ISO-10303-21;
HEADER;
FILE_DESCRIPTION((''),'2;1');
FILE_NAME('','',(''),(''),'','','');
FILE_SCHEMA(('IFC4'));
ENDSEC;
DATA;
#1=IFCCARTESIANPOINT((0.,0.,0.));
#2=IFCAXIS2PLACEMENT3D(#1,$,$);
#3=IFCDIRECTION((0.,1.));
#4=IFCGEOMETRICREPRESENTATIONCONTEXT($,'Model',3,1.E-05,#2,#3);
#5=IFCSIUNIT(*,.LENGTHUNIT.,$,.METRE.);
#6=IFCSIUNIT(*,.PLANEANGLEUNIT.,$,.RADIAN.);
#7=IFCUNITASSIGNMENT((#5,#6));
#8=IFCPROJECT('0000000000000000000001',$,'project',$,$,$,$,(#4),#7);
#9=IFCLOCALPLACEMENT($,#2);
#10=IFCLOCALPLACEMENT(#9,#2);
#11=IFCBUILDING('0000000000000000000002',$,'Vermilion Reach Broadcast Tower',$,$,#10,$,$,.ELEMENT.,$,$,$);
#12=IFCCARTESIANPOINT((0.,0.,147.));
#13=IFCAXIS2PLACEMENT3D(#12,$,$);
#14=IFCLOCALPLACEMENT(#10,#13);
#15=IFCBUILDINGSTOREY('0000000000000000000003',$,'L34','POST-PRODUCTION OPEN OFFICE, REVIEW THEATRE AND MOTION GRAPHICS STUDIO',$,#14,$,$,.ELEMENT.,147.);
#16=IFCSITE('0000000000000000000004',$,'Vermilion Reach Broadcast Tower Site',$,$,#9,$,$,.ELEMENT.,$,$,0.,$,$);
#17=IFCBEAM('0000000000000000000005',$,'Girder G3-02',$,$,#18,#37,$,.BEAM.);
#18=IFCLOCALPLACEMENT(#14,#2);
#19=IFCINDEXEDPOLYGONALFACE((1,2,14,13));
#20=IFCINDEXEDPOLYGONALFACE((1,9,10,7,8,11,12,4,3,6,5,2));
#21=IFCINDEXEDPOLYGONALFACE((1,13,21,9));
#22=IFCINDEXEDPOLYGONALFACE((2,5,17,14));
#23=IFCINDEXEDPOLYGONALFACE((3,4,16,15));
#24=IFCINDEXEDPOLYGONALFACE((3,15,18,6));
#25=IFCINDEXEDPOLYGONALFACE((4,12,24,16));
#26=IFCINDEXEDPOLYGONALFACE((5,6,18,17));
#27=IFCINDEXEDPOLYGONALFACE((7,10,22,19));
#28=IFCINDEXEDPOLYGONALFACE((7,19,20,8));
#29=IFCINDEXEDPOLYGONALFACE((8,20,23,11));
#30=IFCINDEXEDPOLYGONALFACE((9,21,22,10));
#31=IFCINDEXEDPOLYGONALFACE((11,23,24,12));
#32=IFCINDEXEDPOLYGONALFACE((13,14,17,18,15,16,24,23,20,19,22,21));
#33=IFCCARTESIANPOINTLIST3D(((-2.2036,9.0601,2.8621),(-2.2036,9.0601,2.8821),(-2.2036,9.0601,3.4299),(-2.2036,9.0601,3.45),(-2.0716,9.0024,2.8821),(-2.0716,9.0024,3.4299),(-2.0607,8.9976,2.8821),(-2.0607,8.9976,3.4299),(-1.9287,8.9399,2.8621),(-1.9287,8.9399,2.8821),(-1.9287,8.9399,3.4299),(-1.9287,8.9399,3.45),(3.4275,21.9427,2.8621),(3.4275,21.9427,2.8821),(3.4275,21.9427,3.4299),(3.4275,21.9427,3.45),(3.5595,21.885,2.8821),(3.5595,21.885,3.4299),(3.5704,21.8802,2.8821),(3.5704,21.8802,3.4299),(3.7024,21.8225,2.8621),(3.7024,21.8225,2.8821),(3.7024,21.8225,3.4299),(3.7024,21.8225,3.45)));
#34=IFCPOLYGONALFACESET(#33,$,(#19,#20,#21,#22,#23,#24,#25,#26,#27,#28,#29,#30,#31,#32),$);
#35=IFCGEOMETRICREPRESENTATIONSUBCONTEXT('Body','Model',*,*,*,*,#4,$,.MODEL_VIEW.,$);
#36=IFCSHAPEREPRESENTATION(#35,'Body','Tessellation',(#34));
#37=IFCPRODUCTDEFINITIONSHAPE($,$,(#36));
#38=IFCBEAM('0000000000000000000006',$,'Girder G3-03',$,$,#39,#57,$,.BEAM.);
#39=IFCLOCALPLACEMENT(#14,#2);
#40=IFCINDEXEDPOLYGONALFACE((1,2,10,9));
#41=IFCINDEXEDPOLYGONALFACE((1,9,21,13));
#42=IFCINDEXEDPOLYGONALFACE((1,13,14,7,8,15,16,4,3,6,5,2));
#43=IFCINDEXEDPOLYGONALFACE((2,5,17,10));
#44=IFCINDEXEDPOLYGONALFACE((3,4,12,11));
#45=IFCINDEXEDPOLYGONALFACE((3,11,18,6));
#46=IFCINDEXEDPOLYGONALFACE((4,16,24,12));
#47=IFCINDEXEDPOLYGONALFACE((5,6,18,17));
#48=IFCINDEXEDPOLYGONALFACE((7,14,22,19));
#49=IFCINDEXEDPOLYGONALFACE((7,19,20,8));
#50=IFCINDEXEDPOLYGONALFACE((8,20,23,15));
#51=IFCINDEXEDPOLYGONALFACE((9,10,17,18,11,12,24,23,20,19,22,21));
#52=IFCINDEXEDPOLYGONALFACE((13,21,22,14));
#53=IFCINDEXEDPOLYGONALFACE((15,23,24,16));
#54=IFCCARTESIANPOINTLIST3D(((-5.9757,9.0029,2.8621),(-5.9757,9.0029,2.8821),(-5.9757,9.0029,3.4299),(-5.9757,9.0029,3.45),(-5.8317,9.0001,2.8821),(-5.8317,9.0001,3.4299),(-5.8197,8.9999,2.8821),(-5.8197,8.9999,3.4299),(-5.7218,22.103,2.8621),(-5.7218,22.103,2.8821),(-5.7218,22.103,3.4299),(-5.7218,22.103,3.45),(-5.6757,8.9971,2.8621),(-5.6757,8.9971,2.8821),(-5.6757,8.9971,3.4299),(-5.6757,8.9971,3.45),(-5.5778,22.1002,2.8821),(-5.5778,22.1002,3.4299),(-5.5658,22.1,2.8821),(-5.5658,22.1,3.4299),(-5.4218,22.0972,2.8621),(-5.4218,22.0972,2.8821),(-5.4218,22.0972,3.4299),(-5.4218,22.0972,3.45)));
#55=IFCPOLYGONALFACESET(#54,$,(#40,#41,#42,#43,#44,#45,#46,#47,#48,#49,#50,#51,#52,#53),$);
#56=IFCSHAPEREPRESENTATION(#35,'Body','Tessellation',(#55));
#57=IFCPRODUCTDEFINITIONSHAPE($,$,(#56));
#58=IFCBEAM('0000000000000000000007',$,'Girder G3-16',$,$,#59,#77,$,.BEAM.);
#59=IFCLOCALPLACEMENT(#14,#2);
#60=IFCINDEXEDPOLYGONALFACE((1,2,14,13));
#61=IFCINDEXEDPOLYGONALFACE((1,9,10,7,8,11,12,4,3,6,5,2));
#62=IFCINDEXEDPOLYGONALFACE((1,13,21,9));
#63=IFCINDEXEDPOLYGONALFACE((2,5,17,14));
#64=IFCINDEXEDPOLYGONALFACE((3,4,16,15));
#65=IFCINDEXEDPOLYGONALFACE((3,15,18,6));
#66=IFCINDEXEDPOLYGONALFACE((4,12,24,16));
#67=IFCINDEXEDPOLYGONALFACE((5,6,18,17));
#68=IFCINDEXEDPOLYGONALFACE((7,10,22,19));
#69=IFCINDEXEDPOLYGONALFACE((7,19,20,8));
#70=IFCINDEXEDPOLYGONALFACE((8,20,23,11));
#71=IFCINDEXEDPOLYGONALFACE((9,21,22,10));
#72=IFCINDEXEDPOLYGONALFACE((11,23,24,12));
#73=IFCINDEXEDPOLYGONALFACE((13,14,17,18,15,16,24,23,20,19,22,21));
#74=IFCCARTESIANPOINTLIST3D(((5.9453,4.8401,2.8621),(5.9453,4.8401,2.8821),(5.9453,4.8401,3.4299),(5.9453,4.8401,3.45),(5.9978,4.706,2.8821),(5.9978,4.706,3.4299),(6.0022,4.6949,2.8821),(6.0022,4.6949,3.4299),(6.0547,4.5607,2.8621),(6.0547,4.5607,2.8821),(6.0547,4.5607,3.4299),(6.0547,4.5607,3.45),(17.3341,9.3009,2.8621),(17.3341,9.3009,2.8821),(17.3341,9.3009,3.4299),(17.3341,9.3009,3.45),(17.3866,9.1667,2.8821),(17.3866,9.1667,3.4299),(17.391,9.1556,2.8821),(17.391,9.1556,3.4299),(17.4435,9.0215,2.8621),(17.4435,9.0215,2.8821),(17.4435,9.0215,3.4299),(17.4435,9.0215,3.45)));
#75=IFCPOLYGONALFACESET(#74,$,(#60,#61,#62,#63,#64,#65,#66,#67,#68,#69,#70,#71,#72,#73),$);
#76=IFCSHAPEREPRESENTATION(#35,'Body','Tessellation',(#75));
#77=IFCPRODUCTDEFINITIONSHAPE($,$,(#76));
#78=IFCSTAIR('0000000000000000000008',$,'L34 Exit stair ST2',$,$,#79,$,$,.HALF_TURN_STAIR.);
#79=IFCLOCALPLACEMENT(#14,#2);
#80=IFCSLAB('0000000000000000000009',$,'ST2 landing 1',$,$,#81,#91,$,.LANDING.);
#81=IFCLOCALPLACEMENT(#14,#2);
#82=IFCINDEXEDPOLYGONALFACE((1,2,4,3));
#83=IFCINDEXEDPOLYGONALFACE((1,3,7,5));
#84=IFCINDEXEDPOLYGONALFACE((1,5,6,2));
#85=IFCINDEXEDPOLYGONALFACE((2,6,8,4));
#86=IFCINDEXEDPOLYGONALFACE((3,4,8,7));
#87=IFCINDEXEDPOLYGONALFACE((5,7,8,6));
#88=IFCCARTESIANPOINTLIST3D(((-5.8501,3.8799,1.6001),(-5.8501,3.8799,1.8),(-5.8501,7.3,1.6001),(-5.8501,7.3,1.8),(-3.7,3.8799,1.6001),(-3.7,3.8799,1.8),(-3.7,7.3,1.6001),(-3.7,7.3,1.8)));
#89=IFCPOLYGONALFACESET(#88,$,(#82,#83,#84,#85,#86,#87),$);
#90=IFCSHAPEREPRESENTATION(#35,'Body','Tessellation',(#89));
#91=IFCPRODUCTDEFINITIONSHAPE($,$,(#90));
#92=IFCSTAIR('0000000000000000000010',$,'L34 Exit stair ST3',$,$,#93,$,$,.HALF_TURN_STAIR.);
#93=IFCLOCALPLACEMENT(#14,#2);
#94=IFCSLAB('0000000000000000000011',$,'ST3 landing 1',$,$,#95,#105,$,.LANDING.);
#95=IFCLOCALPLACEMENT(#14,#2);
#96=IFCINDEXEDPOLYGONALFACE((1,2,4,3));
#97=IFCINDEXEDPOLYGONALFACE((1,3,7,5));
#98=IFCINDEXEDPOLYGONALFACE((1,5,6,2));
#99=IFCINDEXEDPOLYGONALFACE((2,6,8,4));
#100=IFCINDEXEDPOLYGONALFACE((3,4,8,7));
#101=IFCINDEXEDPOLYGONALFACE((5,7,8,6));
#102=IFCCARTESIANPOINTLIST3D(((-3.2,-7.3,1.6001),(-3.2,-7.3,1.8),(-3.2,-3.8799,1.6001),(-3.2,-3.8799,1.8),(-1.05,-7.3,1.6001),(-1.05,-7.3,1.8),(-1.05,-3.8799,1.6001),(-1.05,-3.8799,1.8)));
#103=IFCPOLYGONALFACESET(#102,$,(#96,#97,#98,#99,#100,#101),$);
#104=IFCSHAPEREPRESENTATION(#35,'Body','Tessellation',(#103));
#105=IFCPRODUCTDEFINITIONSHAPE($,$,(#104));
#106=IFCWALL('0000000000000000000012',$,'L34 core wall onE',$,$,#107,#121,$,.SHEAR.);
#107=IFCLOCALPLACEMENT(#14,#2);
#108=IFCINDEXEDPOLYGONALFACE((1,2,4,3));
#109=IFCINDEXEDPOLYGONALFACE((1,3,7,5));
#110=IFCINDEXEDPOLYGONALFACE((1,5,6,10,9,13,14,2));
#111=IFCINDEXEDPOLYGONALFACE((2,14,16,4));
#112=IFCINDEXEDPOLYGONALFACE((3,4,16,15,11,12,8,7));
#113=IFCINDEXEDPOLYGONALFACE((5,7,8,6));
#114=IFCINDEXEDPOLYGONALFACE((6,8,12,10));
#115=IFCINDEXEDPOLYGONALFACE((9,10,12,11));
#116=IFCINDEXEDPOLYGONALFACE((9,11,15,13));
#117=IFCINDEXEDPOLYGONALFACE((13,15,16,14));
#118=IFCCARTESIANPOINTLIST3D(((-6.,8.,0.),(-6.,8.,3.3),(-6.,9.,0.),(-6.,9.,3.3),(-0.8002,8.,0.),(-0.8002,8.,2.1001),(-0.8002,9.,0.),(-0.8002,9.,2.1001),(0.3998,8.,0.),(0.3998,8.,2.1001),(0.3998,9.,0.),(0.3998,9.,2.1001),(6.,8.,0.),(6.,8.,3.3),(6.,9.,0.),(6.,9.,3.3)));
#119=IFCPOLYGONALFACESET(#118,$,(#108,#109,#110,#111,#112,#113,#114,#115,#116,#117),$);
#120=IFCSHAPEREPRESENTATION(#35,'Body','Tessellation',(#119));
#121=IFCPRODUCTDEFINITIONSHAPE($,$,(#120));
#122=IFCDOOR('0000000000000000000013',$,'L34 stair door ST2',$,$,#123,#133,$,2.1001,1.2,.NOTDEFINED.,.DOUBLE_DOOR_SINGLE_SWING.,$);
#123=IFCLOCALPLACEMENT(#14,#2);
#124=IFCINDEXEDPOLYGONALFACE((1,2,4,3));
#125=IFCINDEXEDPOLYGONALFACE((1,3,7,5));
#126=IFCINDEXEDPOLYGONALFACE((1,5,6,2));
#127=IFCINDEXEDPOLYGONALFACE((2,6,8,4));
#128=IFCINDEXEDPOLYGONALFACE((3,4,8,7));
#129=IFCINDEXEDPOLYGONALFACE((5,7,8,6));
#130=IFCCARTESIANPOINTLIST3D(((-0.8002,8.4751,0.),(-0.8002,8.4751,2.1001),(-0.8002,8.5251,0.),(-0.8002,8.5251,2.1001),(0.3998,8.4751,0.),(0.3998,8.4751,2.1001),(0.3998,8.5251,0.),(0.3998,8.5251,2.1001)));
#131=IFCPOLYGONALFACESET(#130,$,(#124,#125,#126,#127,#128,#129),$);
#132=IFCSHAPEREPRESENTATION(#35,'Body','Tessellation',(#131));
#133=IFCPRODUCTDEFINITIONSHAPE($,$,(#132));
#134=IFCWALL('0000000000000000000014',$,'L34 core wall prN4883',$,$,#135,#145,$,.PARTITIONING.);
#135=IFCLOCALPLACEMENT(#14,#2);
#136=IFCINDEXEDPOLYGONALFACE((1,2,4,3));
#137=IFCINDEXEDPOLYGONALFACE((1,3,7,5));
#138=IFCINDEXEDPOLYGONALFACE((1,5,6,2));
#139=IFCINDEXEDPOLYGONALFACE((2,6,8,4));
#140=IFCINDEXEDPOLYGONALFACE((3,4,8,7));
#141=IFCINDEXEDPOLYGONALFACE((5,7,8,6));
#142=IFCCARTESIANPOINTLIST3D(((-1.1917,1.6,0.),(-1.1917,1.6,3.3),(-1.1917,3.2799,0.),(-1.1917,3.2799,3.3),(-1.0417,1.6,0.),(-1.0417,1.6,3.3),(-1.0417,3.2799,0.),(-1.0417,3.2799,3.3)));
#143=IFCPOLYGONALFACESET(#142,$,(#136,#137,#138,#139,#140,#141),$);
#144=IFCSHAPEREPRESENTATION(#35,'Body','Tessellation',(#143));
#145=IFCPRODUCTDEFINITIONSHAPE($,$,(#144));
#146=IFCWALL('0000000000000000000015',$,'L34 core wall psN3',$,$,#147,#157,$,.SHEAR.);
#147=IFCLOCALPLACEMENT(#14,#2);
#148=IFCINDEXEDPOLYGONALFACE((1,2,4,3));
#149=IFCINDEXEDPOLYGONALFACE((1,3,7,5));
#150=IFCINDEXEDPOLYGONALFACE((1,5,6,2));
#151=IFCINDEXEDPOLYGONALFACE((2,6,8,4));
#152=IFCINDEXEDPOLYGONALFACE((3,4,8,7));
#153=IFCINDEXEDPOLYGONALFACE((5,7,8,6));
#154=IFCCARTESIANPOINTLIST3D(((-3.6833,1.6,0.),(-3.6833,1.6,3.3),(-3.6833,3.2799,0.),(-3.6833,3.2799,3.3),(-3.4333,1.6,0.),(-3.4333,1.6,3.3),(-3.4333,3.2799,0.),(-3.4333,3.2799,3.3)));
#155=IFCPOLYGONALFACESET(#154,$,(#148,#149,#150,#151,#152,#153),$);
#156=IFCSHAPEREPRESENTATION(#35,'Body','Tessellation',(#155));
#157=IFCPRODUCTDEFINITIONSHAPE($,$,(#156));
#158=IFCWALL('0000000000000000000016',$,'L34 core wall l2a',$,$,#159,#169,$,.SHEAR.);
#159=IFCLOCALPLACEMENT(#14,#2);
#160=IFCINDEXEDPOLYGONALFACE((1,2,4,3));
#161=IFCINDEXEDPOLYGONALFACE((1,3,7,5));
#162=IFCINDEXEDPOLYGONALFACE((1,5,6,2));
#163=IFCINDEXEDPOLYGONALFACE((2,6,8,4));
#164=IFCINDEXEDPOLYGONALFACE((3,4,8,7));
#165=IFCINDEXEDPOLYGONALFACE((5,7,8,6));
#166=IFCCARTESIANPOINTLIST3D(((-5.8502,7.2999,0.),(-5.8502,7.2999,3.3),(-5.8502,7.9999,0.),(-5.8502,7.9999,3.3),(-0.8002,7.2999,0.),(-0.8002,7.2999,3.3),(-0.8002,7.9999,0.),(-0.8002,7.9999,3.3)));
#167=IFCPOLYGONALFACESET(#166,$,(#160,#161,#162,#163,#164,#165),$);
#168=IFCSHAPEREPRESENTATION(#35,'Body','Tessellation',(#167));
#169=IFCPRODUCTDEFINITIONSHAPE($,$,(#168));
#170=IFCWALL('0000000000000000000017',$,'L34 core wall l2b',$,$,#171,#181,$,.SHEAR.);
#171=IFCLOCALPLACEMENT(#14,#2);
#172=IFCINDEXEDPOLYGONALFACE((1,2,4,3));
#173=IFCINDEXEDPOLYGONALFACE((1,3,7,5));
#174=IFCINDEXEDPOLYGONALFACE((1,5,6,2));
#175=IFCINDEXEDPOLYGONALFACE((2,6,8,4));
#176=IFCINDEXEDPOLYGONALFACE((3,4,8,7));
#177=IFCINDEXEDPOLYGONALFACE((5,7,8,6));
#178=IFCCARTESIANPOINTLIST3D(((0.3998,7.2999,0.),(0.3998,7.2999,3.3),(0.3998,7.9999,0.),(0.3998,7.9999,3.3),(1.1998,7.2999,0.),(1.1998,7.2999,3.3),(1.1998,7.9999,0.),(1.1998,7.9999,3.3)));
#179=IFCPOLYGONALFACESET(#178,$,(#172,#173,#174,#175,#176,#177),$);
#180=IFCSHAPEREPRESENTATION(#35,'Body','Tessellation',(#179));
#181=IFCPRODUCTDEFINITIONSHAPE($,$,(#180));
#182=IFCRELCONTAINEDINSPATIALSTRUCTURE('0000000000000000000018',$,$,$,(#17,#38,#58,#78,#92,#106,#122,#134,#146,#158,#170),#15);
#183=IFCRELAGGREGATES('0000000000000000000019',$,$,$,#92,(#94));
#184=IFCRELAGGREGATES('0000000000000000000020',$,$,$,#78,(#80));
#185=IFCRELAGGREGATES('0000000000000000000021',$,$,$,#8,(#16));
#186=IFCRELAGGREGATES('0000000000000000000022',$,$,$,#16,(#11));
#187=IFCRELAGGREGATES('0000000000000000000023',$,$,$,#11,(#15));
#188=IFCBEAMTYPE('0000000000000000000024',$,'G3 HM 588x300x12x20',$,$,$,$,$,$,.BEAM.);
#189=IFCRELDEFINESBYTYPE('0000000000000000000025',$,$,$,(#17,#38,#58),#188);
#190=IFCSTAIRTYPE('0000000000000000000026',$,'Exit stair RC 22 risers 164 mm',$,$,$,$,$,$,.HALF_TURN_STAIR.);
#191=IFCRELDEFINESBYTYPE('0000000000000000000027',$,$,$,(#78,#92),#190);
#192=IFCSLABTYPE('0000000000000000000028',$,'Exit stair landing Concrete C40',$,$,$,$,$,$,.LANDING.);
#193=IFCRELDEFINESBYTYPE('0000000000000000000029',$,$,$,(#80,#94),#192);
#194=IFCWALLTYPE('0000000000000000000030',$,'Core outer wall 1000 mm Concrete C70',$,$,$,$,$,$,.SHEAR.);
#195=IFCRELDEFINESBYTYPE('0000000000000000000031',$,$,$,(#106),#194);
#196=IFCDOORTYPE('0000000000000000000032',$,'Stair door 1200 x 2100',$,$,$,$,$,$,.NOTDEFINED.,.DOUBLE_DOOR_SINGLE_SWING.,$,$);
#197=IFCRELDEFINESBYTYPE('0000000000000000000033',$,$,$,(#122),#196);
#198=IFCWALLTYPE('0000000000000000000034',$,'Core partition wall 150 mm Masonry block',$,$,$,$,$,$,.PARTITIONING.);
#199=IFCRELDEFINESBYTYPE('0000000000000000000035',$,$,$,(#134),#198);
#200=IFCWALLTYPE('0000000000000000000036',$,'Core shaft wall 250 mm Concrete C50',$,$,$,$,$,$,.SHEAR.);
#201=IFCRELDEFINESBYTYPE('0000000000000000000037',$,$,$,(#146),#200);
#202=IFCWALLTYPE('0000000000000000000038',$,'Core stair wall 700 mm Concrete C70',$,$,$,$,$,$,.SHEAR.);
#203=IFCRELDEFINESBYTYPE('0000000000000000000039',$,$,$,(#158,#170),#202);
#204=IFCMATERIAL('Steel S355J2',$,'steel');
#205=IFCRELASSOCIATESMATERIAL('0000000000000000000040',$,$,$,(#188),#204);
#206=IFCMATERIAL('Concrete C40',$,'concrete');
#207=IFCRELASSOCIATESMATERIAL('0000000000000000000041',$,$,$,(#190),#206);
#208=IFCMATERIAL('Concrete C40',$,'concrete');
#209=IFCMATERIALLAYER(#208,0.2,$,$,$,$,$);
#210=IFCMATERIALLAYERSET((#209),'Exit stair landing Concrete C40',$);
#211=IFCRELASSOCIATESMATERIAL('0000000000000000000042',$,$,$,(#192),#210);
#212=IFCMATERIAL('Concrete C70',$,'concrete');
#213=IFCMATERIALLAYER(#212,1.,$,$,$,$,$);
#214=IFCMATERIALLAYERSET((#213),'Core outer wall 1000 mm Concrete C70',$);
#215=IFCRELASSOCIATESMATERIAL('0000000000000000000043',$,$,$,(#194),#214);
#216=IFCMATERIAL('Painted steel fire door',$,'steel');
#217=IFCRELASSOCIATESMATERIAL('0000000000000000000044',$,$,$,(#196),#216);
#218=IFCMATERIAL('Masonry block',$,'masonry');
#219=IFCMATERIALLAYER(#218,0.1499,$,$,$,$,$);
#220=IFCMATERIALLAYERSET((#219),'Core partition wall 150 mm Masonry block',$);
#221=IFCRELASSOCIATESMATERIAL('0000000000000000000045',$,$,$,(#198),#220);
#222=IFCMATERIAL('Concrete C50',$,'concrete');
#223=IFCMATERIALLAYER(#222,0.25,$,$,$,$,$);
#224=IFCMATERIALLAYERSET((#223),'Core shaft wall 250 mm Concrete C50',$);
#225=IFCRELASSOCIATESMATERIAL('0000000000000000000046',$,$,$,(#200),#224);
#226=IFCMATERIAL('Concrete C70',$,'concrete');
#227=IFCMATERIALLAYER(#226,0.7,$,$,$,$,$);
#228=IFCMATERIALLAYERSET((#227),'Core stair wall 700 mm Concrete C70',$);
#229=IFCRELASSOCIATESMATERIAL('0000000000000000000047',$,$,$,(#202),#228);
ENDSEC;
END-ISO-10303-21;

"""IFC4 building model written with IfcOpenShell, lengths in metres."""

from ifc_helpers import new_model, si_unit, direction, frame, frame_2d, origin, origin_2d, place, context, subcontext, project, spatial, polyline, rectangle, i_section, outline, extrude, material, layer, layer_set, material_profile, profile_set, type_object, element, fill, aggregate, save


model = new_model("IFC4")

# Units and contexts
model_context = context("Model", 3, precision=1e-05, world=origin(), true_north=direction((0.0, 1.0)))
body_context = subcontext(model_context, "Body", "Model", "MODEL_VIEW")
ifc_project = project(units=[si_unit("LENGTHUNIT", "METRE"), si_unit("PLANEANGLEUNIT", "RADIAN")], contexts=[model_context])

# Site, building, storey
site_placement = place(None, origin())
site = spatial("IfcSite", under=ifc_project, at=site_placement, Name="Vermilion Reach Broadcast Tower Site", CompositionType="ELEMENT", RefElevation=0.0)
building_placement = place(site_placement, origin())
building = spatial("IfcBuilding", under=site, at=building_placement, Name="Vermilion Reach Broadcast Tower", CompositionType="ELEMENT")
storey_placement = place(building_placement, frame((0.0, 0.0, 147.0)))
storey = spatial("IfcBuildingStorey", under=building, at=storey_placement, Name="L34", Description="POST-PRODUCTION OPEN OFFICE, REVIEW THEATRE AND MOTION GRAPHICS STUDIO", CompositionType="ELEMENT", Elevation=147.0)

# Beams
ifc_material_1 = material(Name="Steel S355J2", Category="steel")
ifc_material_profile = material_profile(ifc_material_1, i_section(OverallWidth=0.3, OverallDepth=0.5879, WebThickness=0.012, FlangeThickness=0.02, at=origin_2d()), Name="S355J2 HM 588x300x12x20")
ifc_profile_set = profile_set([ifc_material_profile], Name="Steel S355J2")
beam_type = type_object("IfcBeamType", Name="G3 HM 588x300x12x20", PredefinedType="BEAM", material=ifc_profile_set)
beam_1_placement = place(storey_placement, frame((-2.0662, 9.0, 3.156), z_axis=(0.400519, 0.916288, 0.0), x_axis=(-0.916288, 0.400519, 0.0)))
element("IfcBeam", 1, at=beam_1_placement, inside=storey, type_object=beam_type, Name="Girder G3-02", PredefinedType="BEAM", context=body_context, shape_type="SweptSolid", body=[
    extrude(i_section(OverallWidth=0.3, OverallDepth=0.5879, WebThickness=0.012, FlangeThickness=0.02, at=origin_2d()), origin(), (0.0, 0.0, 1.0), 14.0596),
])
beam_2_placement = place(storey_placement, frame((-5.8257, 9.0, 3.156), z_axis=(0.019378, 0.999812, 0.0), x_axis=(-0.999812, 0.019378, 0.0)))
element("IfcBeam", 2, at=beam_2_placement, inside=storey, type_object=beam_type, Name="Girder G3-03", PredefinedType="BEAM", context=body_context, shape_type="SweptSolid", body=[
    extrude(i_section(OverallWidth=0.3, OverallDepth=0.5879, WebThickness=0.012, FlangeThickness=0.02, at=origin_2d()), origin(), (0.0, 0.0, 1.0), 13.1025),
])
beam_3_placement = place(storey_placement, frame((6.0, 4.7004, 3.156), z_axis=(0.931125, 0.364701, 0.0), x_axis=(-0.364701, 0.931125, 0.0)))
element("IfcBeam", 3, at=beam_3_placement, inside=storey, type_object=beam_type, Name="Girder G3-16", PredefinedType="BEAM", context=body_context, shape_type="SweptSolid", body=[
    extrude(i_section(OverallWidth=0.3, OverallDepth=0.5879, WebThickness=0.012, FlangeThickness=0.02, at=origin_2d()), origin(), (0.0, 0.0, 1.0), 12.2312),
])

# Stairs, slabs
ifc_material_2 = material(Name="Concrete C40", Category="concrete")
stair_type = type_object("IfcStairType", Name="Exit stair RC 22 risers 164 mm", PredefinedType="HALF_TURN_STAIR", material=ifc_material_2)
placement_1 = place(storey_placement, origin())
stair_1 = element("IfcStair", 4, at=placement_1, inside=storey, type_object=stair_type, Name="L34 Exit stair ST2", PredefinedType="HALF_TURN_STAIR")
ifc_material_3 = material(Name="Concrete C40", Category="concrete")
ifc_layer_1 = layer(ifc_material_3, 0.2)
ifc_layer_set_1 = layer_set([ifc_layer_1], Name="Exit stair landing Concrete C40")
slab_type = type_object("IfcSlabType", Name="Exit stair landing Concrete C40", PredefinedType="LANDING", material=ifc_layer_set_1)
placement_2 = place(storey_placement, frame((0.0, 0.0, 1.6001)))
slab_1 = element("IfcSlab", 5, at=placement_2, type_object=slab_type, Name="ST2 landing 1", PredefinedType="LANDING", context=body_context, shape_type="SweptSolid", body=[
    extrude(outline(polyline([(-3.7, 7.3), (-5.8501, 7.3), (-5.8501, 3.8799), (-3.7, 3.8799), (-3.7, 7.3)])), origin(), (0.0, 0.0, 1.0), 0.2),
])
stair_2 = element("IfcStair", 6, at=placement_1, inside=storey, type_object=stair_type, Name="L34 Exit stair ST3", PredefinedType="HALF_TURN_STAIR")
slab_2 = element("IfcSlab", 7, at=placement_2, type_object=slab_type, Name="ST3 landing 1", PredefinedType="LANDING", context=body_context, shape_type="SweptSolid", body=[
    extrude(outline(polyline([(-3.2, -7.3), (-1.05, -7.3), (-1.05, -3.8799), (-3.2, -3.8799), (-3.2, -7.3)])), origin(), (0.0, 0.0, 1.0), 0.2),
])
aggregate(stair_2, [slab_2])

# Wall, opening, door
ifc_material_4 = material(Name="Concrete C70", Category="concrete")
ifc_layer_2 = layer(ifc_material_4, 1.0)
ifc_layer_set_2 = layer_set([ifc_layer_2], Name="Core outer wall 1000 mm Concrete C70")
wall_type_1 = type_object("IfcWallType", Name="Core outer wall 1000 mm Concrete C70", PredefinedType="SHEAR", material=ifc_layer_set_2)
wall_1_placement = place(storey_placement, frame((6.0, 8.5, 0.0), z_axis=(0.0, 0.0, 1.0), x_axis=(-1.0, 0.0, 0.0)))
wall_1 = element("IfcWall", 8, at=wall_1_placement, inside=storey, type_object=wall_type_1, Name="L34 core wall onE", PredefinedType="SHEAR", context=body_context, shape_type="SweptSolid", body=[
    extrude(rectangle(XDim=12.0, YDim=1.0, at=frame_2d((6.0, 0.0))), origin(), (0.0, 0.0, 1.0), 3.3),
])
opening_placement = place(wall_1_placement, frame((5.6001, 0.0, 0.0)))
opening = element("IfcOpeningElement", 9, at=opening_placement, cuts=wall_1, PredefinedType="OPENING", context=body_context, shape_type="SweptSolid", body=[
    extrude(rectangle(XDim=1.2, YDim=2.1001, at=frame_2d((0.6001, 1.05))), frame((0.0, 0.51, 0.0), z_axis=(0.0, -1.0, 0.0), x_axis=(1.0, 0.0, 0.0)), (0.0, 0.0, 1.0), 1.02),
])
ifc_material_5 = material(Name="Painted steel fire door", Category="steel")
door_type = type_object("IfcDoorType", Name="Stair door 1200 x 2100", OperationType="DOUBLE_DOOR_SINGLE_SWING", PredefinedType="NOTDEFINED", material=ifc_material_5)
door_placement = place(opening_placement, origin())
door = element("IfcDoor", 10, at=door_placement, inside=storey, type_object=door_type, Name="L34 stair door ST2", OperationType="DOUBLE_DOOR_SINGLE_SWING", OverallHeight=2.1001, OverallWidth=1.2, PredefinedType="NOTDEFINED", context=body_context, shape_type="SweptSolid", body=[
    extrude(rectangle(XDim=1.2, YDim=2.1001, at=frame_2d((0.6001, 1.05))), frame((0.0, 0.0249, 0.0), z_axis=(0.0, -1.0, 0.0), x_axis=(1.0, 0.0, 0.0)), (0.0, 0.0, 1.0), 0.05),
])
fill(opening, door)

# Walls
ifc_material_6 = material(Name="Masonry block", Category="masonry")
ifc_layer_3 = layer(ifc_material_6, 0.1499)
ifc_layer_set_3 = layer_set([ifc_layer_3], Name="Core partition wall 150 mm Masonry block")
wall_type_2 = type_object("IfcWallType", Name="Core partition wall 150 mm Masonry block", PredefinedType="PARTITIONING", material=ifc_layer_set_3)
wall_2_placement = place(storey_placement, frame((-1.1167, 1.6001, 0.0), z_axis=(0.0, 0.0, 1.0), x_axis=(0.0, 1.0, 0.0)))
element("IfcWall", 11, at=wall_2_placement, inside=storey, type_object=wall_type_2, Name="L34 core wall prN4883", PredefinedType="PARTITIONING", context=body_context, shape_type="SweptSolid", body=[
    extrude(rectangle(XDim=1.6799, YDim=0.1499, at=frame_2d((0.8398, 0.0))), origin(), (0.0, 0.0, 1.0), 3.3),
])
ifc_material_7 = material(Name="Concrete C50", Category="concrete")
ifc_layer_4 = layer(ifc_material_7, 0.25)
ifc_layer_set_4 = layer_set([ifc_layer_4], Name="Core shaft wall 250 mm Concrete C50")
wall_type_3 = type_object("IfcWallType", Name="Core shaft wall 250 mm Concrete C50", PredefinedType="SHEAR", material=ifc_layer_set_4)
wall_3_placement = place(storey_placement, frame((-3.5583, 1.6001, 0.0), z_axis=(0.0, 0.0, 1.0), x_axis=(0.0, 1.0, 0.0)))
element("IfcWall", 12, at=wall_3_placement, inside=storey, type_object=wall_type_3, Name="L34 core wall psN3", PredefinedType="SHEAR", context=body_context, shape_type="SweptSolid", body=[
    extrude(rectangle(XDim=1.6799, YDim=0.25, at=frame_2d((0.8398, 0.0))), origin(), (0.0, 0.0, 1.0), 3.3),
])
ifc_material_8 = material(Name="Concrete C70", Category="concrete")
ifc_layer_5 = layer(ifc_material_8, 0.7)
ifc_layer_set_5 = layer_set([ifc_layer_5], Name="Core stair wall 700 mm Concrete C70")
wall_type_4 = type_object("IfcWallType", Name="Core stair wall 700 mm Concrete C70", PredefinedType="SHEAR", material=ifc_layer_set_5)
wall_4_placement = place(storey_placement, frame((-5.8501, 7.6499, 0.0), z_axis=(0.0, 0.0, 1.0), x_axis=(1.0, 0.0, 0.0)))
element("IfcWall", 13, at=wall_4_placement, inside=storey, type_object=wall_type_4, Name="L34 core wall l2a", PredefinedType="SHEAR", context=body_context, shape_type="SweptSolid", body=[
    extrude(rectangle(XDim=5.05, YDim=0.7, at=frame_2d((2.5249, 0.0))), origin(), (0.0, 0.0, 1.0), 3.3),
])
wall_5_placement = place(storey_placement, frame((0.3999, 7.6499, 0.0), z_axis=(0.0, 0.0, 1.0), x_axis=(1.0, 0.0, 0.0)))
element("IfcWall", 14, at=wall_5_placement, inside=storey, type_object=wall_type_4, Name="L34 core wall l2b", PredefinedType="SHEAR", context=body_context, shape_type="SweptSolid", body=[
    extrude(rectangle(XDim=0.8, YDim=0.7, at=frame_2d((0.3999, 0.0))), origin(), (0.0, 0.0, 1.0), 3.3),
])

aggregate(stair_1, [slab_1])

save(model, "model.ifc")
